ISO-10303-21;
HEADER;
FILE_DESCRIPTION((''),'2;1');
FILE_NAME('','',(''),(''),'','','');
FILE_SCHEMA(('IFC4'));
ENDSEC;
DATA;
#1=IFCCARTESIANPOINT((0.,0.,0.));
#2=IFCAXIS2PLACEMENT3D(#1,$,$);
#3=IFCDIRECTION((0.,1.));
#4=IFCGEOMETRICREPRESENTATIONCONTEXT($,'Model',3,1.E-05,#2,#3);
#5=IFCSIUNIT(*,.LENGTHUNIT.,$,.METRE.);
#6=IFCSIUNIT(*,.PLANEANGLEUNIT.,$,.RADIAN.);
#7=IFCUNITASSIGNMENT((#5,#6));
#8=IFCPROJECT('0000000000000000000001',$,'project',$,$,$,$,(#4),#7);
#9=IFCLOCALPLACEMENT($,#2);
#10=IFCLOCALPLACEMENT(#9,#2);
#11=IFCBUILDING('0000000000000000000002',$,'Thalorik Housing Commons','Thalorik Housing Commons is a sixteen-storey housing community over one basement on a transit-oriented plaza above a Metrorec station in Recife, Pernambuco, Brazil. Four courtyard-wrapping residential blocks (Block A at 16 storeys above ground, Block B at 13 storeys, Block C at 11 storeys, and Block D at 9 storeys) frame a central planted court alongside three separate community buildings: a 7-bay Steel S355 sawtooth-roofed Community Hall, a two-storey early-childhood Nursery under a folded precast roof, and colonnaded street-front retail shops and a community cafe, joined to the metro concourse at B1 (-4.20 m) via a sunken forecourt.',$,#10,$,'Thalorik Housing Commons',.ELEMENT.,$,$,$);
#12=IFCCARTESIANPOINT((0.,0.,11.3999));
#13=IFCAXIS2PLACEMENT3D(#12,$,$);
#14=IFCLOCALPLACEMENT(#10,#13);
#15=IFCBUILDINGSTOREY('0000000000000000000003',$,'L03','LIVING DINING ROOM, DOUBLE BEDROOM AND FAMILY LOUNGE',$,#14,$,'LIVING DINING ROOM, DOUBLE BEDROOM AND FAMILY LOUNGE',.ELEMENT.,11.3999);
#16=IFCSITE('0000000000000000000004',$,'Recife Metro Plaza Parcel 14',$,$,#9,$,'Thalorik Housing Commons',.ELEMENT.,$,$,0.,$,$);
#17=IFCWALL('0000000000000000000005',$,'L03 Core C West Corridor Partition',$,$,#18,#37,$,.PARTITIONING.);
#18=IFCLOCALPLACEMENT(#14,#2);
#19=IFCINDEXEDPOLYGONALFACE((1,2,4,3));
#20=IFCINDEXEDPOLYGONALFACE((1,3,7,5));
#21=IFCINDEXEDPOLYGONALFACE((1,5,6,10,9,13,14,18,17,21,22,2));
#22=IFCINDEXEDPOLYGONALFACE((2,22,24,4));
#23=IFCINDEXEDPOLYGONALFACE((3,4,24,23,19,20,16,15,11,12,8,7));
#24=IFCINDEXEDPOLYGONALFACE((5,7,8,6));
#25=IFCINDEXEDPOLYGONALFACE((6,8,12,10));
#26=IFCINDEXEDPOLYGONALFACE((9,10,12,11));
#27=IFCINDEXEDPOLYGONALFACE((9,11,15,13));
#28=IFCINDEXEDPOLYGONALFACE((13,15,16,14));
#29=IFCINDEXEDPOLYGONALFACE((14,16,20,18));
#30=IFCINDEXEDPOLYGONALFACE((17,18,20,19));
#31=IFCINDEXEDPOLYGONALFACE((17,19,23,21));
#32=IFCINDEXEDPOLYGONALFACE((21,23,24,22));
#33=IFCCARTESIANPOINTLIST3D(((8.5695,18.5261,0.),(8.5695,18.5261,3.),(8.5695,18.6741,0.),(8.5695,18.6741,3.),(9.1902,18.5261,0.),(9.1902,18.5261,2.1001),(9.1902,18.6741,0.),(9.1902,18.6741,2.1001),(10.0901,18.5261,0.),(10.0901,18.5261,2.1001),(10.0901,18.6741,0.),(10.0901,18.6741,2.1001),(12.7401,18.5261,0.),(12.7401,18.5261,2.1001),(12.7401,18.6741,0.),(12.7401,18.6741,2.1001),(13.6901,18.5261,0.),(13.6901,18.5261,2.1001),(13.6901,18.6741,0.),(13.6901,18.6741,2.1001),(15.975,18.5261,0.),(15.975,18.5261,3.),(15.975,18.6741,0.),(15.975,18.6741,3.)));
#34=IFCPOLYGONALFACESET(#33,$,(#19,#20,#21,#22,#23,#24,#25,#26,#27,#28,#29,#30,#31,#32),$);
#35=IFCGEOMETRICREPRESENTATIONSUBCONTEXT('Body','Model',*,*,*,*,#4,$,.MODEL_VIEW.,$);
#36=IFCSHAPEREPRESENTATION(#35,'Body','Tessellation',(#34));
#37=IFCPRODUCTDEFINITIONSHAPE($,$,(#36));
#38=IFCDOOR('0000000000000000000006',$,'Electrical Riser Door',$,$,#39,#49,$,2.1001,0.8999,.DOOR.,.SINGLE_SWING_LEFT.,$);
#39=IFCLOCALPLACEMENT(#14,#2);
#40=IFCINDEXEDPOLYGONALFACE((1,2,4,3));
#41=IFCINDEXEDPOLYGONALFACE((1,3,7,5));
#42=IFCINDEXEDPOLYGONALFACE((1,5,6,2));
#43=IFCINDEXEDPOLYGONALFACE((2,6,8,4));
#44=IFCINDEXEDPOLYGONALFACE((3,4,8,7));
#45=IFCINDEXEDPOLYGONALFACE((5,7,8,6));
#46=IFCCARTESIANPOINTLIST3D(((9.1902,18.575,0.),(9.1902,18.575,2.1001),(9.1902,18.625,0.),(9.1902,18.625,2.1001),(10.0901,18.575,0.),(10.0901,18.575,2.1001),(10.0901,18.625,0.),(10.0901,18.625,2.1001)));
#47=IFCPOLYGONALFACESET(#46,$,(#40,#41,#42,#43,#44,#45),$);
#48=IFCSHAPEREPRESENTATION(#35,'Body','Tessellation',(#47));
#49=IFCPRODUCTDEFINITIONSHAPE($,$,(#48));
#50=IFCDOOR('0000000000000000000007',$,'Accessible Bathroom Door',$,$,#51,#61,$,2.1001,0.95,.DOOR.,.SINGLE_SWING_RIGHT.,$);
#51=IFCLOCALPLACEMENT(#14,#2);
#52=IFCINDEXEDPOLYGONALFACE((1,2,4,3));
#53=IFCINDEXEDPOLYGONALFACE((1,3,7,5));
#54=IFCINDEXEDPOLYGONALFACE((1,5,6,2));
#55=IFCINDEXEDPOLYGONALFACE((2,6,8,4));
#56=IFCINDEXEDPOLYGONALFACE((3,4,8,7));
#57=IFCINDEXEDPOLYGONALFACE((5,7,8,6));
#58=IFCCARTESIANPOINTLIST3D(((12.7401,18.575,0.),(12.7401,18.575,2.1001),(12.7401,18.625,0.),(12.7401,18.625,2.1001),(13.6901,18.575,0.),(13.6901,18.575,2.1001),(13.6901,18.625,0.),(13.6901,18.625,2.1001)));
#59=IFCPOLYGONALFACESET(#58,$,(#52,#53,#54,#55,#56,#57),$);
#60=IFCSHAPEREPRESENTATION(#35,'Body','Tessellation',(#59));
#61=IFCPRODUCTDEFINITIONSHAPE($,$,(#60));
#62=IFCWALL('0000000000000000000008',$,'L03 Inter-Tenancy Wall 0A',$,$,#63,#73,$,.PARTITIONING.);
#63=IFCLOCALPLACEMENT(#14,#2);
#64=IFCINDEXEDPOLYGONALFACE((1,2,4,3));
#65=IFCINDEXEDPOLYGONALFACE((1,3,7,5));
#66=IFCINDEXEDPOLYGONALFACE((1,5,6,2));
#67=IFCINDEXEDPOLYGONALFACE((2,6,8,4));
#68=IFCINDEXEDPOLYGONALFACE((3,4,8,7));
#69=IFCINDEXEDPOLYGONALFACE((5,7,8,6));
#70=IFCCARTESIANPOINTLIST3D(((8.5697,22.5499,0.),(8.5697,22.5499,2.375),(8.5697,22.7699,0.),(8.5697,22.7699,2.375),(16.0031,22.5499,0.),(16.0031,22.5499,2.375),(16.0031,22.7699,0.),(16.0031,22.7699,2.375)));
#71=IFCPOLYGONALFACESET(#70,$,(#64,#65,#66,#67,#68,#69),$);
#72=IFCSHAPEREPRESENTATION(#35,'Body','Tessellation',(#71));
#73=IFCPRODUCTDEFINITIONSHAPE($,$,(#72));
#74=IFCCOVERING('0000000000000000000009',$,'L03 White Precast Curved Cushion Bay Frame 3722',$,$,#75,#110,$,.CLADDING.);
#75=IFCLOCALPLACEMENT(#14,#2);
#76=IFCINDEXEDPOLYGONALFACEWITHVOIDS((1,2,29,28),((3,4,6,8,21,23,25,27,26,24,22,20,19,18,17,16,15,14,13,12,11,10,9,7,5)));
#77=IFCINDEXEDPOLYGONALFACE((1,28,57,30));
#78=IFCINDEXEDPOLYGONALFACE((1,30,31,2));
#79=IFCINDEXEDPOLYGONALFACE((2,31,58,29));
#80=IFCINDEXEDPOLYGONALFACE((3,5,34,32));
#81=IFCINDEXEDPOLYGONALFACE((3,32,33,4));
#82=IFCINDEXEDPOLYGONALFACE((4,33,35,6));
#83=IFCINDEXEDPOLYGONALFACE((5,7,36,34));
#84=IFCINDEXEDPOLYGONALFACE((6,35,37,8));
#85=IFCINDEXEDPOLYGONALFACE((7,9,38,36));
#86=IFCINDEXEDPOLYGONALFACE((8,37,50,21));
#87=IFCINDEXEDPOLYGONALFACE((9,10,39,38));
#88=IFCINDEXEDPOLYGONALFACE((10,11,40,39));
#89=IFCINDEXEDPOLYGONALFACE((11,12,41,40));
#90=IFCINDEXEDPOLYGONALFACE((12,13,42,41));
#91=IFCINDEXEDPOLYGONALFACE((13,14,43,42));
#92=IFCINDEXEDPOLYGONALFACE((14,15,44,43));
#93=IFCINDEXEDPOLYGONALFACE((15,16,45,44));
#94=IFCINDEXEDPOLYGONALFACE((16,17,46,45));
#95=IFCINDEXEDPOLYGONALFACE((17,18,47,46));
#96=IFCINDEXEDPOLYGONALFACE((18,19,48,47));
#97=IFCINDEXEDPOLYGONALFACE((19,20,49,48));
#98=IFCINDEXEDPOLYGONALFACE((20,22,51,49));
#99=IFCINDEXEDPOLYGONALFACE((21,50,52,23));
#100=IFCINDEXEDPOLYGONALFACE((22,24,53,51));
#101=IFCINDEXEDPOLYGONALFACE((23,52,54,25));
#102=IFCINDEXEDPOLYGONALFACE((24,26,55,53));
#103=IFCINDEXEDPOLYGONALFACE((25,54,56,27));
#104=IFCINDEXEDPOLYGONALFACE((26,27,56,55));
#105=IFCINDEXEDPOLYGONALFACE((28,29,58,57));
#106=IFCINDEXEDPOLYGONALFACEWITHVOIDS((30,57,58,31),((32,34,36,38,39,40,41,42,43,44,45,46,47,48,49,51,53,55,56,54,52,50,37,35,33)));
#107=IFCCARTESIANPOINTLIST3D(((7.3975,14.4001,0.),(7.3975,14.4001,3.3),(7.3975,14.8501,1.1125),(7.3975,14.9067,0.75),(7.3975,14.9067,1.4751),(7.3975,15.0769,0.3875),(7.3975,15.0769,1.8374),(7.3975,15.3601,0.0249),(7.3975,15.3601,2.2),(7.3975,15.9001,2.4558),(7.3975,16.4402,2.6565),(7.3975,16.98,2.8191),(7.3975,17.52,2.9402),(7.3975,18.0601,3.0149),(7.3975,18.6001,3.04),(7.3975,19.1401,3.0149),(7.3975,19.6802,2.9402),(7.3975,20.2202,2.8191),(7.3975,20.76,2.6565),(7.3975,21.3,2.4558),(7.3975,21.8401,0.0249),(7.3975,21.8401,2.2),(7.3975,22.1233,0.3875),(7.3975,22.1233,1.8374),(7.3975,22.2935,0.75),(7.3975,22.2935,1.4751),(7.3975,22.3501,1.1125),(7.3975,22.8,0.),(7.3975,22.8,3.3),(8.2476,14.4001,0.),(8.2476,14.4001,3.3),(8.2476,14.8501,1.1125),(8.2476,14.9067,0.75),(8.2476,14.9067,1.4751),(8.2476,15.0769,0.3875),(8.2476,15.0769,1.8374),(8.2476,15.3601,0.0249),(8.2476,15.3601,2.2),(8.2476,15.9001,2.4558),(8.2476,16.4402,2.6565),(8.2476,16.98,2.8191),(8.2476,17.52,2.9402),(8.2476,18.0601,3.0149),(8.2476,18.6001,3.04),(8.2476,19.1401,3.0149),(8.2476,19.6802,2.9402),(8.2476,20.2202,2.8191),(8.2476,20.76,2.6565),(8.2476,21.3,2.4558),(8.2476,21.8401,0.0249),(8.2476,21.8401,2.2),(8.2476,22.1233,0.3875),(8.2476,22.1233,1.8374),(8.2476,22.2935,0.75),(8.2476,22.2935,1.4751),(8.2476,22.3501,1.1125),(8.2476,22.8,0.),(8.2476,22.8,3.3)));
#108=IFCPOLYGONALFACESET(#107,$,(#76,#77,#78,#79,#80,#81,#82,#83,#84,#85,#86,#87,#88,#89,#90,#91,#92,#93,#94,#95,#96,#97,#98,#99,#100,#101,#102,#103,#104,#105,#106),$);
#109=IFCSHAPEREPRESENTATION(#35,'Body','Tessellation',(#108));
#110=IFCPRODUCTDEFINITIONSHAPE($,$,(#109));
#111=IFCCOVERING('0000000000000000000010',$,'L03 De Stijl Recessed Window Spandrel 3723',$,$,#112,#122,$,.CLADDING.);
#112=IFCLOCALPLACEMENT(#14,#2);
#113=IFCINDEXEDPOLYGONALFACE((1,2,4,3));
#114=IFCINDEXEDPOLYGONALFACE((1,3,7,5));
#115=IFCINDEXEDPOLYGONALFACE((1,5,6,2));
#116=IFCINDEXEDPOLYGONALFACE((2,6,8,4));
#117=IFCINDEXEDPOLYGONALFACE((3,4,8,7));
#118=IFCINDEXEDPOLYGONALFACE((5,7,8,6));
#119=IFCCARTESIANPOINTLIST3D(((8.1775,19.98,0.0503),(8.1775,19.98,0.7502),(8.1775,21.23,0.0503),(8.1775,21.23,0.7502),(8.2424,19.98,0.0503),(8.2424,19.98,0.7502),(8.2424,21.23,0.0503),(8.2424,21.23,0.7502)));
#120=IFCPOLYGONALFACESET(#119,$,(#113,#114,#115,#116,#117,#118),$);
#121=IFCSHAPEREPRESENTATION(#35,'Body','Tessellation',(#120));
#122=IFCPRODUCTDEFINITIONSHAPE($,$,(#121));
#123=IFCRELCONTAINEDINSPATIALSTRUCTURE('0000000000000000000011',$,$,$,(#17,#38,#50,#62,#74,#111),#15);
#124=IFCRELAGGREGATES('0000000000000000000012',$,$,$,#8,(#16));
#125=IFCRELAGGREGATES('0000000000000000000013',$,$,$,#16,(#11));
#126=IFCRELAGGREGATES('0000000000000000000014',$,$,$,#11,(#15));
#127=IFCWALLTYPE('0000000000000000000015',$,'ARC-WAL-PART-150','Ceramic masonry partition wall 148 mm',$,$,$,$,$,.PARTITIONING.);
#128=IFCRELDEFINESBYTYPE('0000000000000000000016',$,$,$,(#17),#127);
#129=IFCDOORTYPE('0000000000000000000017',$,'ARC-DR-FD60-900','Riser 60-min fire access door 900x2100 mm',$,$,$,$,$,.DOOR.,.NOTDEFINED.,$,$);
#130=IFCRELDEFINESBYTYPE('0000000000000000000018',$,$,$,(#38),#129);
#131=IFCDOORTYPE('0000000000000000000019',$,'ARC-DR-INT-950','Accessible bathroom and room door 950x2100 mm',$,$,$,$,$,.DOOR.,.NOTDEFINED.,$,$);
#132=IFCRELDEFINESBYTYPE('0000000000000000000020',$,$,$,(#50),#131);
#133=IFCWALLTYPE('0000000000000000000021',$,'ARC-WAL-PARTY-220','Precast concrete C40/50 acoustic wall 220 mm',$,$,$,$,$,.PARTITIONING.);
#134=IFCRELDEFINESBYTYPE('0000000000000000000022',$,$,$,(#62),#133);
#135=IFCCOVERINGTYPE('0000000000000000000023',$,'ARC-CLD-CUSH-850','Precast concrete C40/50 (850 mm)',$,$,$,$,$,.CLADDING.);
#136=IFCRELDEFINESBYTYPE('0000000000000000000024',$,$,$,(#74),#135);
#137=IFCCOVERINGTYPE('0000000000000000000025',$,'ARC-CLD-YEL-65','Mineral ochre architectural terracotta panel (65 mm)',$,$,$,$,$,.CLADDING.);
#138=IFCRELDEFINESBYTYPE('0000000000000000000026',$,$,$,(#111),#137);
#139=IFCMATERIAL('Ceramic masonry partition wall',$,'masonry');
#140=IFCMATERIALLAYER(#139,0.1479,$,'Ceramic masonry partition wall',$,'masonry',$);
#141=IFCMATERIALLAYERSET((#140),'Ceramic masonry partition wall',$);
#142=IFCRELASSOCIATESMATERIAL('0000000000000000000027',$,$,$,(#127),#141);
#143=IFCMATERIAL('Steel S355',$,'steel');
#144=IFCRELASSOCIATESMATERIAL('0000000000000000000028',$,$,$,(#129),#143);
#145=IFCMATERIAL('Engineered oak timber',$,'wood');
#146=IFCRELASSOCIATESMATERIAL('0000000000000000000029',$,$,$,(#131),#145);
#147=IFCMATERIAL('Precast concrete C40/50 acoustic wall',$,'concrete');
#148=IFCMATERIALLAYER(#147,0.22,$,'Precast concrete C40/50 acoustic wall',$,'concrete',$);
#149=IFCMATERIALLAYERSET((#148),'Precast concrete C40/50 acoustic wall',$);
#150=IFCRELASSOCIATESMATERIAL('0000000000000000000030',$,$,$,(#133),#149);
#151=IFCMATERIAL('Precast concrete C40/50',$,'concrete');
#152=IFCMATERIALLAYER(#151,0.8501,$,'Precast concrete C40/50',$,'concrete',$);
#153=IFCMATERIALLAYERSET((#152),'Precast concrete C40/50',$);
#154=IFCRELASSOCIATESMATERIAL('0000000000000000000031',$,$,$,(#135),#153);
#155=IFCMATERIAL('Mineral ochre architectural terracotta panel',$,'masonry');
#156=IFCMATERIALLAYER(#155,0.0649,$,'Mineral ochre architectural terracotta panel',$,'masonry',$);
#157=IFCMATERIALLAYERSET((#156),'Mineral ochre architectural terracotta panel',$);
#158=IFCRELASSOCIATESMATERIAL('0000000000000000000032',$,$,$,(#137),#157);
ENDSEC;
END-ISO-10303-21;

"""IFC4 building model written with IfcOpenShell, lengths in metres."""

from ifc_helpers import new_model, si_unit, direction, frame, frame_2d, origin, origin_2d, place, context, subcontext, project, spatial, polyline, rectangle, outline, extrude, material, layer, layer_set, type_object, element, fill, save


model = new_model("IFC4")

# Units and contexts
model_context = context("Model", 3, precision=1e-05, world=origin(), true_north=direction((0.0, 1.0)))
body_context = subcontext(model_context, "Body", "Model", "MODEL_VIEW")
ifc_project = project(units=[si_unit("LENGTHUNIT", "METRE"), si_unit("PLANEANGLEUNIT", "RADIAN")], contexts=[model_context])

# Site, building, storey
site_placement = place(None, origin())
site = spatial("IfcSite", under=ifc_project, at=site_placement, Name="Recife Metro Plaza Parcel 14", LongName="Thalorik Housing Commons", CompositionType="ELEMENT", RefElevation=0.0)
building_placement = place(site_placement, origin())
building = spatial("IfcBuilding", under=site, at=building_placement, Name="Thalorik Housing Commons", Description="Thalorik Housing Commons is a sixteen-storey housing community over one basement on a transit-oriented plaza above a Metrorec station in Recife, Pernambuco, Brazil. Four courtyard-wrapping residential blocks (Block A at 16 storeys above ground, Block B at 13 storeys, Block C at 11 storeys, and Block D at 9 storeys) frame a central planted court alongside three separate community buildings: a 7-bay Steel S355 sawtooth-roofed Community Hall, a two-storey early-childhood Nursery under a folded precast roof, and colonnaded street-front retail shops and a community cafe, joined to the metro concourse at B1 (-4.20 m) via a sunken forecourt.", LongName="Thalorik Housing Commons", CompositionType="ELEMENT")
storey_placement = place(building_placement, frame((0.0, 0.0, 11.3999)))
storey = spatial("IfcBuildingStorey", under=building, at=storey_placement, Name="L03", Description="LIVING DINING ROOM, DOUBLE BEDROOM AND FAMILY LOUNGE", LongName="LIVING DINING ROOM, DOUBLE BEDROOM AND FAMILY LOUNGE", CompositionType="ELEMENT", Elevation=11.3999)

# Shared definitions
ifc_material_1 = material(Name="Precast concrete C40/50", Category="concrete")

# Shared definitions
ifc_material_2 = material(Name="Steel S355", Category="steel")

# Shared definitions
ifc_material_3 = material(Name="Ceramic masonry partition wall", Category="masonry")
ifc_layer_1 = layer(ifc_material_3, 0.1479, Name="Ceramic masonry partition wall", Category="masonry")
ifc_layer_set_1 = layer_set([ifc_layer_1], Name="Ceramic masonry partition wall")
wall_type_1 = type_object("IfcWallType", Name="ARC-WAL-PART-150", Description="Ceramic masonry partition wall 148 mm", PredefinedType="PARTITIONING", material=ifc_layer_set_1)

# Wall, openings, doors
wall_1_placement = place(storey_placement, frame((8.5696, 18.6001, 0.0), z_axis=(0.0, 0.0, 1.0), x_axis=(1.0, 0.0, 0.0)))
wall_1 = element("IfcWall", 1, at=wall_1_placement, inside=storey, type_object=wall_type_1, Name="L03 Core C West Corridor Partition", PredefinedType="PARTITIONING", context=body_context, shape_type="SweptSolid", body=[
    extrude(rectangle(XDim=7.4055, YDim=0.1479, at=frame_2d((3.7026, 0.0))), origin(), (0.0, 0.0, 1.0), 3.0),
])
opening_1_placement = place(wall_1_placement, frame((0.6206, 0.0, 0.0)))
opening_1 = element("IfcOpeningElement", 2, at=opening_1_placement, cuts=wall_1, PredefinedType="OPENING", context=body_context, shape_type="SweptSolid", body=[
    extrude(rectangle(XDim=0.8999, YDim=2.1001, at=frame_2d((0.45, 1.05))), frame((0.0, 0.084, 0.0), z_axis=(0.0, -1.0, 0.0), x_axis=(1.0, 0.0, 0.0)), (0.0, 0.0, 1.0), 0.168),
])
opening_2_placement = place(wall_1_placement, frame((4.1704, 0.0, 0.0)))
opening_2 = element("IfcOpeningElement", 3, at=opening_2_placement, cuts=wall_1, PredefinedType="OPENING", context=body_context, shape_type="SweptSolid", body=[
    extrude(rectangle(XDim=0.95, YDim=2.1001, at=frame_2d((0.4751, 1.05))), frame((0.0, 0.084, 0.0), z_axis=(0.0, -1.0, 0.0), x_axis=(1.0, 0.0, 0.0)), (0.0, 0.0, 1.0), 0.168),
])
door_type_1 = type_object("IfcDoorType", Name="ARC-DR-FD60-900", Description="Riser 60-min fire access door 900x2100 mm", OperationType="NOTDEFINED", PredefinedType="DOOR", material=ifc_material_2)
door_1_placement = place(opening_1_placement, origin())
door_1 = element("IfcDoor", 4, at=door_1_placement, inside=storey, type_object=door_type_1, Name="Electrical Riser Door", OperationType="SINGLE_SWING_LEFT", OverallHeight=2.1001, OverallWidth=0.8999, PredefinedType="DOOR", context=body_context, shape_type="SweptSolid", body=[
    extrude(rectangle(XDim=0.8999, YDim=2.1001, at=frame_2d((0.45, 1.05))), frame((0.0, 0.0249, 0.0), z_axis=(0.0, -1.0, 0.0), x_axis=(1.0, 0.0, 0.0)), (0.0, 0.0, 1.0), 0.05),
])
fill(opening_1, door_1)
ifc_material_4 = material(Name="Engineered oak timber", Category="wood")
door_type_2 = type_object("IfcDoorType", Name="ARC-DR-INT-950", Description="Accessible bathroom and room door 950x2100 mm", OperationType="NOTDEFINED", PredefinedType="DOOR", material=ifc_material_4)
door_2_placement = place(opening_2_placement, origin())
door_2 = element("IfcDoor", 5, at=door_2_placement, inside=storey, type_object=door_type_2, Name="Accessible Bathroom Door", OperationType="SINGLE_SWING_RIGHT", OverallHeight=2.1001, OverallWidth=0.95, PredefinedType="DOOR", context=body_context, shape_type="SweptSolid", body=[
    extrude(rectangle(XDim=0.95, YDim=2.1001, at=frame_2d((0.4751, 1.05))), frame((0.0, 0.0249, 0.0), z_axis=(0.0, -1.0, 0.0), x_axis=(1.0, 0.0, 0.0)), (0.0, 0.0, 1.0), 0.05),
])
fill(opening_2, door_2)

# Wall
ifc_material_5 = material(Name="Precast concrete C40/50 acoustic wall", Category="concrete")
ifc_layer_2 = layer(ifc_material_5, 0.22, Name="Precast concrete C40/50 acoustic wall", Category="concrete")
ifc_layer_set_2 = layer_set([ifc_layer_2], Name="Precast concrete C40/50 acoustic wall")
wall_type_2 = type_object("IfcWallType", Name="ARC-WAL-PARTY-220", Description="Precast concrete C40/50 acoustic wall 220 mm", PredefinedType="PARTITIONING", material=ifc_layer_set_2)
wall_2_placement = place(storey_placement, frame((8.5696, 22.6599, 0.0), z_axis=(0.0, 0.0, 1.0), x_axis=(1.0, 0.0, 0.0)))
element("IfcWall", 6, at=wall_2_placement, inside=storey, type_object=wall_type_2, Name="L03 Inter-Tenancy Wall 0A", PredefinedType="PARTITIONING", context=body_context, shape_type="SweptSolid", body=[
    extrude(rectangle(XDim=7.4333, YDim=0.22, at=frame_2d((3.7168, 0.0))), origin(), (0.0, 0.0, 1.0), 2.375),
])

# Coverings
ifc_layer_3 = layer(ifc_material_1, 0.8501, Name="Precast concrete C40/50", Category="concrete")
ifc_layer_set_3 = layer_set([ifc_layer_3], Name="Precast concrete C40/50")
covering_type_1 = type_object("IfcCoveringType", Name="ARC-CLD-CUSH-850", Description="Precast concrete C40/50 (850 mm)", PredefinedType="CLADDING", material=ifc_layer_set_3)
covering_1_placement = place(storey_placement, frame((7.8225, 18.6001, 0.0), z_axis=(0.0, 0.0, 1.0), x_axis=(0.0, -1.0, 0.0)))
element("IfcCovering", 7, at=covering_1_placement, inside=storey, type_object=covering_type_1, Name="L03 White Precast Curved Cushion Bay Frame 3722", PredefinedType="CLADDING", context=body_context, shape_type="SweptSolid", body=[
    extrude(outline(polyline([(-4.2, 0.0), (4.2, 0.0), (4.2, 3.3), (-4.2, 3.3), (-4.2, 0.0)]), holes=[polyline([(3.24, 0.0249), (3.5232, 0.3875), (3.6934, 0.75), (3.75, 1.1125), (3.6934, 1.4751), (3.5232, 1.8374), (3.24, 2.2), (2.7, 2.4558), (2.1599, 2.6565), (1.6201, 2.8191), (1.0801, 2.9402), (0.54, 3.0149), (0.0, 3.04), (-0.54, 3.0149), (-1.0801, 2.9402), (-1.6201, 2.8191), (-2.1599, 2.6565), (-2.7, 2.4558), (-3.24, 2.2), (-3.5232, 1.8374), (-3.6934, 1.4751), (-3.75, 1.1125), (-3.6934, 0.75), (-3.5232, 0.3875), (-3.24, 0.0249), (3.24, 0.0249)])]), frame((0.0, 0.425, 0.0), z_axis=(0.0, -1.0, 0.0), x_axis=(1.0, 0.0, 0.0)), (0.0, 0.0, 1.0), 0.8501),
])
ifc_material_6 = material(Name="Mineral ochre architectural terracotta panel", Category="masonry")
ifc_layer_4 = layer(ifc_material_6, 0.0649, Name="Mineral ochre architectural terracotta panel", Category="masonry")
ifc_layer_set_4 = layer_set([ifc_layer_4], Name="Mineral ochre architectural terracotta panel")
covering_type_2 = type_object("IfcCoveringType", Name="ARC-CLD-YEL-65", Description="Mineral ochre architectural terracotta panel (65 mm)", PredefinedType="CLADDING", material=ifc_layer_set_4)
covering_2_placement = place(storey_placement, frame((8.21, 20.605, 0.0503), z_axis=(0.0, 0.0, 1.0), x_axis=(0.0, -1.0, 0.0)))
element("IfcCovering", 8, at=covering_2_placement, inside=storey, type_object=covering_type_2, Name="L03 De Stijl Recessed Window Spandrel 3723", PredefinedType="CLADDING", context=body_context, shape_type="SweptSolid", body=[
    extrude(rectangle(XDim=1.25, YDim=0.0649, at=origin_2d()), origin(), (0.0, 0.0, 1.0), 0.7),
])

save(model, "model.ifc")
